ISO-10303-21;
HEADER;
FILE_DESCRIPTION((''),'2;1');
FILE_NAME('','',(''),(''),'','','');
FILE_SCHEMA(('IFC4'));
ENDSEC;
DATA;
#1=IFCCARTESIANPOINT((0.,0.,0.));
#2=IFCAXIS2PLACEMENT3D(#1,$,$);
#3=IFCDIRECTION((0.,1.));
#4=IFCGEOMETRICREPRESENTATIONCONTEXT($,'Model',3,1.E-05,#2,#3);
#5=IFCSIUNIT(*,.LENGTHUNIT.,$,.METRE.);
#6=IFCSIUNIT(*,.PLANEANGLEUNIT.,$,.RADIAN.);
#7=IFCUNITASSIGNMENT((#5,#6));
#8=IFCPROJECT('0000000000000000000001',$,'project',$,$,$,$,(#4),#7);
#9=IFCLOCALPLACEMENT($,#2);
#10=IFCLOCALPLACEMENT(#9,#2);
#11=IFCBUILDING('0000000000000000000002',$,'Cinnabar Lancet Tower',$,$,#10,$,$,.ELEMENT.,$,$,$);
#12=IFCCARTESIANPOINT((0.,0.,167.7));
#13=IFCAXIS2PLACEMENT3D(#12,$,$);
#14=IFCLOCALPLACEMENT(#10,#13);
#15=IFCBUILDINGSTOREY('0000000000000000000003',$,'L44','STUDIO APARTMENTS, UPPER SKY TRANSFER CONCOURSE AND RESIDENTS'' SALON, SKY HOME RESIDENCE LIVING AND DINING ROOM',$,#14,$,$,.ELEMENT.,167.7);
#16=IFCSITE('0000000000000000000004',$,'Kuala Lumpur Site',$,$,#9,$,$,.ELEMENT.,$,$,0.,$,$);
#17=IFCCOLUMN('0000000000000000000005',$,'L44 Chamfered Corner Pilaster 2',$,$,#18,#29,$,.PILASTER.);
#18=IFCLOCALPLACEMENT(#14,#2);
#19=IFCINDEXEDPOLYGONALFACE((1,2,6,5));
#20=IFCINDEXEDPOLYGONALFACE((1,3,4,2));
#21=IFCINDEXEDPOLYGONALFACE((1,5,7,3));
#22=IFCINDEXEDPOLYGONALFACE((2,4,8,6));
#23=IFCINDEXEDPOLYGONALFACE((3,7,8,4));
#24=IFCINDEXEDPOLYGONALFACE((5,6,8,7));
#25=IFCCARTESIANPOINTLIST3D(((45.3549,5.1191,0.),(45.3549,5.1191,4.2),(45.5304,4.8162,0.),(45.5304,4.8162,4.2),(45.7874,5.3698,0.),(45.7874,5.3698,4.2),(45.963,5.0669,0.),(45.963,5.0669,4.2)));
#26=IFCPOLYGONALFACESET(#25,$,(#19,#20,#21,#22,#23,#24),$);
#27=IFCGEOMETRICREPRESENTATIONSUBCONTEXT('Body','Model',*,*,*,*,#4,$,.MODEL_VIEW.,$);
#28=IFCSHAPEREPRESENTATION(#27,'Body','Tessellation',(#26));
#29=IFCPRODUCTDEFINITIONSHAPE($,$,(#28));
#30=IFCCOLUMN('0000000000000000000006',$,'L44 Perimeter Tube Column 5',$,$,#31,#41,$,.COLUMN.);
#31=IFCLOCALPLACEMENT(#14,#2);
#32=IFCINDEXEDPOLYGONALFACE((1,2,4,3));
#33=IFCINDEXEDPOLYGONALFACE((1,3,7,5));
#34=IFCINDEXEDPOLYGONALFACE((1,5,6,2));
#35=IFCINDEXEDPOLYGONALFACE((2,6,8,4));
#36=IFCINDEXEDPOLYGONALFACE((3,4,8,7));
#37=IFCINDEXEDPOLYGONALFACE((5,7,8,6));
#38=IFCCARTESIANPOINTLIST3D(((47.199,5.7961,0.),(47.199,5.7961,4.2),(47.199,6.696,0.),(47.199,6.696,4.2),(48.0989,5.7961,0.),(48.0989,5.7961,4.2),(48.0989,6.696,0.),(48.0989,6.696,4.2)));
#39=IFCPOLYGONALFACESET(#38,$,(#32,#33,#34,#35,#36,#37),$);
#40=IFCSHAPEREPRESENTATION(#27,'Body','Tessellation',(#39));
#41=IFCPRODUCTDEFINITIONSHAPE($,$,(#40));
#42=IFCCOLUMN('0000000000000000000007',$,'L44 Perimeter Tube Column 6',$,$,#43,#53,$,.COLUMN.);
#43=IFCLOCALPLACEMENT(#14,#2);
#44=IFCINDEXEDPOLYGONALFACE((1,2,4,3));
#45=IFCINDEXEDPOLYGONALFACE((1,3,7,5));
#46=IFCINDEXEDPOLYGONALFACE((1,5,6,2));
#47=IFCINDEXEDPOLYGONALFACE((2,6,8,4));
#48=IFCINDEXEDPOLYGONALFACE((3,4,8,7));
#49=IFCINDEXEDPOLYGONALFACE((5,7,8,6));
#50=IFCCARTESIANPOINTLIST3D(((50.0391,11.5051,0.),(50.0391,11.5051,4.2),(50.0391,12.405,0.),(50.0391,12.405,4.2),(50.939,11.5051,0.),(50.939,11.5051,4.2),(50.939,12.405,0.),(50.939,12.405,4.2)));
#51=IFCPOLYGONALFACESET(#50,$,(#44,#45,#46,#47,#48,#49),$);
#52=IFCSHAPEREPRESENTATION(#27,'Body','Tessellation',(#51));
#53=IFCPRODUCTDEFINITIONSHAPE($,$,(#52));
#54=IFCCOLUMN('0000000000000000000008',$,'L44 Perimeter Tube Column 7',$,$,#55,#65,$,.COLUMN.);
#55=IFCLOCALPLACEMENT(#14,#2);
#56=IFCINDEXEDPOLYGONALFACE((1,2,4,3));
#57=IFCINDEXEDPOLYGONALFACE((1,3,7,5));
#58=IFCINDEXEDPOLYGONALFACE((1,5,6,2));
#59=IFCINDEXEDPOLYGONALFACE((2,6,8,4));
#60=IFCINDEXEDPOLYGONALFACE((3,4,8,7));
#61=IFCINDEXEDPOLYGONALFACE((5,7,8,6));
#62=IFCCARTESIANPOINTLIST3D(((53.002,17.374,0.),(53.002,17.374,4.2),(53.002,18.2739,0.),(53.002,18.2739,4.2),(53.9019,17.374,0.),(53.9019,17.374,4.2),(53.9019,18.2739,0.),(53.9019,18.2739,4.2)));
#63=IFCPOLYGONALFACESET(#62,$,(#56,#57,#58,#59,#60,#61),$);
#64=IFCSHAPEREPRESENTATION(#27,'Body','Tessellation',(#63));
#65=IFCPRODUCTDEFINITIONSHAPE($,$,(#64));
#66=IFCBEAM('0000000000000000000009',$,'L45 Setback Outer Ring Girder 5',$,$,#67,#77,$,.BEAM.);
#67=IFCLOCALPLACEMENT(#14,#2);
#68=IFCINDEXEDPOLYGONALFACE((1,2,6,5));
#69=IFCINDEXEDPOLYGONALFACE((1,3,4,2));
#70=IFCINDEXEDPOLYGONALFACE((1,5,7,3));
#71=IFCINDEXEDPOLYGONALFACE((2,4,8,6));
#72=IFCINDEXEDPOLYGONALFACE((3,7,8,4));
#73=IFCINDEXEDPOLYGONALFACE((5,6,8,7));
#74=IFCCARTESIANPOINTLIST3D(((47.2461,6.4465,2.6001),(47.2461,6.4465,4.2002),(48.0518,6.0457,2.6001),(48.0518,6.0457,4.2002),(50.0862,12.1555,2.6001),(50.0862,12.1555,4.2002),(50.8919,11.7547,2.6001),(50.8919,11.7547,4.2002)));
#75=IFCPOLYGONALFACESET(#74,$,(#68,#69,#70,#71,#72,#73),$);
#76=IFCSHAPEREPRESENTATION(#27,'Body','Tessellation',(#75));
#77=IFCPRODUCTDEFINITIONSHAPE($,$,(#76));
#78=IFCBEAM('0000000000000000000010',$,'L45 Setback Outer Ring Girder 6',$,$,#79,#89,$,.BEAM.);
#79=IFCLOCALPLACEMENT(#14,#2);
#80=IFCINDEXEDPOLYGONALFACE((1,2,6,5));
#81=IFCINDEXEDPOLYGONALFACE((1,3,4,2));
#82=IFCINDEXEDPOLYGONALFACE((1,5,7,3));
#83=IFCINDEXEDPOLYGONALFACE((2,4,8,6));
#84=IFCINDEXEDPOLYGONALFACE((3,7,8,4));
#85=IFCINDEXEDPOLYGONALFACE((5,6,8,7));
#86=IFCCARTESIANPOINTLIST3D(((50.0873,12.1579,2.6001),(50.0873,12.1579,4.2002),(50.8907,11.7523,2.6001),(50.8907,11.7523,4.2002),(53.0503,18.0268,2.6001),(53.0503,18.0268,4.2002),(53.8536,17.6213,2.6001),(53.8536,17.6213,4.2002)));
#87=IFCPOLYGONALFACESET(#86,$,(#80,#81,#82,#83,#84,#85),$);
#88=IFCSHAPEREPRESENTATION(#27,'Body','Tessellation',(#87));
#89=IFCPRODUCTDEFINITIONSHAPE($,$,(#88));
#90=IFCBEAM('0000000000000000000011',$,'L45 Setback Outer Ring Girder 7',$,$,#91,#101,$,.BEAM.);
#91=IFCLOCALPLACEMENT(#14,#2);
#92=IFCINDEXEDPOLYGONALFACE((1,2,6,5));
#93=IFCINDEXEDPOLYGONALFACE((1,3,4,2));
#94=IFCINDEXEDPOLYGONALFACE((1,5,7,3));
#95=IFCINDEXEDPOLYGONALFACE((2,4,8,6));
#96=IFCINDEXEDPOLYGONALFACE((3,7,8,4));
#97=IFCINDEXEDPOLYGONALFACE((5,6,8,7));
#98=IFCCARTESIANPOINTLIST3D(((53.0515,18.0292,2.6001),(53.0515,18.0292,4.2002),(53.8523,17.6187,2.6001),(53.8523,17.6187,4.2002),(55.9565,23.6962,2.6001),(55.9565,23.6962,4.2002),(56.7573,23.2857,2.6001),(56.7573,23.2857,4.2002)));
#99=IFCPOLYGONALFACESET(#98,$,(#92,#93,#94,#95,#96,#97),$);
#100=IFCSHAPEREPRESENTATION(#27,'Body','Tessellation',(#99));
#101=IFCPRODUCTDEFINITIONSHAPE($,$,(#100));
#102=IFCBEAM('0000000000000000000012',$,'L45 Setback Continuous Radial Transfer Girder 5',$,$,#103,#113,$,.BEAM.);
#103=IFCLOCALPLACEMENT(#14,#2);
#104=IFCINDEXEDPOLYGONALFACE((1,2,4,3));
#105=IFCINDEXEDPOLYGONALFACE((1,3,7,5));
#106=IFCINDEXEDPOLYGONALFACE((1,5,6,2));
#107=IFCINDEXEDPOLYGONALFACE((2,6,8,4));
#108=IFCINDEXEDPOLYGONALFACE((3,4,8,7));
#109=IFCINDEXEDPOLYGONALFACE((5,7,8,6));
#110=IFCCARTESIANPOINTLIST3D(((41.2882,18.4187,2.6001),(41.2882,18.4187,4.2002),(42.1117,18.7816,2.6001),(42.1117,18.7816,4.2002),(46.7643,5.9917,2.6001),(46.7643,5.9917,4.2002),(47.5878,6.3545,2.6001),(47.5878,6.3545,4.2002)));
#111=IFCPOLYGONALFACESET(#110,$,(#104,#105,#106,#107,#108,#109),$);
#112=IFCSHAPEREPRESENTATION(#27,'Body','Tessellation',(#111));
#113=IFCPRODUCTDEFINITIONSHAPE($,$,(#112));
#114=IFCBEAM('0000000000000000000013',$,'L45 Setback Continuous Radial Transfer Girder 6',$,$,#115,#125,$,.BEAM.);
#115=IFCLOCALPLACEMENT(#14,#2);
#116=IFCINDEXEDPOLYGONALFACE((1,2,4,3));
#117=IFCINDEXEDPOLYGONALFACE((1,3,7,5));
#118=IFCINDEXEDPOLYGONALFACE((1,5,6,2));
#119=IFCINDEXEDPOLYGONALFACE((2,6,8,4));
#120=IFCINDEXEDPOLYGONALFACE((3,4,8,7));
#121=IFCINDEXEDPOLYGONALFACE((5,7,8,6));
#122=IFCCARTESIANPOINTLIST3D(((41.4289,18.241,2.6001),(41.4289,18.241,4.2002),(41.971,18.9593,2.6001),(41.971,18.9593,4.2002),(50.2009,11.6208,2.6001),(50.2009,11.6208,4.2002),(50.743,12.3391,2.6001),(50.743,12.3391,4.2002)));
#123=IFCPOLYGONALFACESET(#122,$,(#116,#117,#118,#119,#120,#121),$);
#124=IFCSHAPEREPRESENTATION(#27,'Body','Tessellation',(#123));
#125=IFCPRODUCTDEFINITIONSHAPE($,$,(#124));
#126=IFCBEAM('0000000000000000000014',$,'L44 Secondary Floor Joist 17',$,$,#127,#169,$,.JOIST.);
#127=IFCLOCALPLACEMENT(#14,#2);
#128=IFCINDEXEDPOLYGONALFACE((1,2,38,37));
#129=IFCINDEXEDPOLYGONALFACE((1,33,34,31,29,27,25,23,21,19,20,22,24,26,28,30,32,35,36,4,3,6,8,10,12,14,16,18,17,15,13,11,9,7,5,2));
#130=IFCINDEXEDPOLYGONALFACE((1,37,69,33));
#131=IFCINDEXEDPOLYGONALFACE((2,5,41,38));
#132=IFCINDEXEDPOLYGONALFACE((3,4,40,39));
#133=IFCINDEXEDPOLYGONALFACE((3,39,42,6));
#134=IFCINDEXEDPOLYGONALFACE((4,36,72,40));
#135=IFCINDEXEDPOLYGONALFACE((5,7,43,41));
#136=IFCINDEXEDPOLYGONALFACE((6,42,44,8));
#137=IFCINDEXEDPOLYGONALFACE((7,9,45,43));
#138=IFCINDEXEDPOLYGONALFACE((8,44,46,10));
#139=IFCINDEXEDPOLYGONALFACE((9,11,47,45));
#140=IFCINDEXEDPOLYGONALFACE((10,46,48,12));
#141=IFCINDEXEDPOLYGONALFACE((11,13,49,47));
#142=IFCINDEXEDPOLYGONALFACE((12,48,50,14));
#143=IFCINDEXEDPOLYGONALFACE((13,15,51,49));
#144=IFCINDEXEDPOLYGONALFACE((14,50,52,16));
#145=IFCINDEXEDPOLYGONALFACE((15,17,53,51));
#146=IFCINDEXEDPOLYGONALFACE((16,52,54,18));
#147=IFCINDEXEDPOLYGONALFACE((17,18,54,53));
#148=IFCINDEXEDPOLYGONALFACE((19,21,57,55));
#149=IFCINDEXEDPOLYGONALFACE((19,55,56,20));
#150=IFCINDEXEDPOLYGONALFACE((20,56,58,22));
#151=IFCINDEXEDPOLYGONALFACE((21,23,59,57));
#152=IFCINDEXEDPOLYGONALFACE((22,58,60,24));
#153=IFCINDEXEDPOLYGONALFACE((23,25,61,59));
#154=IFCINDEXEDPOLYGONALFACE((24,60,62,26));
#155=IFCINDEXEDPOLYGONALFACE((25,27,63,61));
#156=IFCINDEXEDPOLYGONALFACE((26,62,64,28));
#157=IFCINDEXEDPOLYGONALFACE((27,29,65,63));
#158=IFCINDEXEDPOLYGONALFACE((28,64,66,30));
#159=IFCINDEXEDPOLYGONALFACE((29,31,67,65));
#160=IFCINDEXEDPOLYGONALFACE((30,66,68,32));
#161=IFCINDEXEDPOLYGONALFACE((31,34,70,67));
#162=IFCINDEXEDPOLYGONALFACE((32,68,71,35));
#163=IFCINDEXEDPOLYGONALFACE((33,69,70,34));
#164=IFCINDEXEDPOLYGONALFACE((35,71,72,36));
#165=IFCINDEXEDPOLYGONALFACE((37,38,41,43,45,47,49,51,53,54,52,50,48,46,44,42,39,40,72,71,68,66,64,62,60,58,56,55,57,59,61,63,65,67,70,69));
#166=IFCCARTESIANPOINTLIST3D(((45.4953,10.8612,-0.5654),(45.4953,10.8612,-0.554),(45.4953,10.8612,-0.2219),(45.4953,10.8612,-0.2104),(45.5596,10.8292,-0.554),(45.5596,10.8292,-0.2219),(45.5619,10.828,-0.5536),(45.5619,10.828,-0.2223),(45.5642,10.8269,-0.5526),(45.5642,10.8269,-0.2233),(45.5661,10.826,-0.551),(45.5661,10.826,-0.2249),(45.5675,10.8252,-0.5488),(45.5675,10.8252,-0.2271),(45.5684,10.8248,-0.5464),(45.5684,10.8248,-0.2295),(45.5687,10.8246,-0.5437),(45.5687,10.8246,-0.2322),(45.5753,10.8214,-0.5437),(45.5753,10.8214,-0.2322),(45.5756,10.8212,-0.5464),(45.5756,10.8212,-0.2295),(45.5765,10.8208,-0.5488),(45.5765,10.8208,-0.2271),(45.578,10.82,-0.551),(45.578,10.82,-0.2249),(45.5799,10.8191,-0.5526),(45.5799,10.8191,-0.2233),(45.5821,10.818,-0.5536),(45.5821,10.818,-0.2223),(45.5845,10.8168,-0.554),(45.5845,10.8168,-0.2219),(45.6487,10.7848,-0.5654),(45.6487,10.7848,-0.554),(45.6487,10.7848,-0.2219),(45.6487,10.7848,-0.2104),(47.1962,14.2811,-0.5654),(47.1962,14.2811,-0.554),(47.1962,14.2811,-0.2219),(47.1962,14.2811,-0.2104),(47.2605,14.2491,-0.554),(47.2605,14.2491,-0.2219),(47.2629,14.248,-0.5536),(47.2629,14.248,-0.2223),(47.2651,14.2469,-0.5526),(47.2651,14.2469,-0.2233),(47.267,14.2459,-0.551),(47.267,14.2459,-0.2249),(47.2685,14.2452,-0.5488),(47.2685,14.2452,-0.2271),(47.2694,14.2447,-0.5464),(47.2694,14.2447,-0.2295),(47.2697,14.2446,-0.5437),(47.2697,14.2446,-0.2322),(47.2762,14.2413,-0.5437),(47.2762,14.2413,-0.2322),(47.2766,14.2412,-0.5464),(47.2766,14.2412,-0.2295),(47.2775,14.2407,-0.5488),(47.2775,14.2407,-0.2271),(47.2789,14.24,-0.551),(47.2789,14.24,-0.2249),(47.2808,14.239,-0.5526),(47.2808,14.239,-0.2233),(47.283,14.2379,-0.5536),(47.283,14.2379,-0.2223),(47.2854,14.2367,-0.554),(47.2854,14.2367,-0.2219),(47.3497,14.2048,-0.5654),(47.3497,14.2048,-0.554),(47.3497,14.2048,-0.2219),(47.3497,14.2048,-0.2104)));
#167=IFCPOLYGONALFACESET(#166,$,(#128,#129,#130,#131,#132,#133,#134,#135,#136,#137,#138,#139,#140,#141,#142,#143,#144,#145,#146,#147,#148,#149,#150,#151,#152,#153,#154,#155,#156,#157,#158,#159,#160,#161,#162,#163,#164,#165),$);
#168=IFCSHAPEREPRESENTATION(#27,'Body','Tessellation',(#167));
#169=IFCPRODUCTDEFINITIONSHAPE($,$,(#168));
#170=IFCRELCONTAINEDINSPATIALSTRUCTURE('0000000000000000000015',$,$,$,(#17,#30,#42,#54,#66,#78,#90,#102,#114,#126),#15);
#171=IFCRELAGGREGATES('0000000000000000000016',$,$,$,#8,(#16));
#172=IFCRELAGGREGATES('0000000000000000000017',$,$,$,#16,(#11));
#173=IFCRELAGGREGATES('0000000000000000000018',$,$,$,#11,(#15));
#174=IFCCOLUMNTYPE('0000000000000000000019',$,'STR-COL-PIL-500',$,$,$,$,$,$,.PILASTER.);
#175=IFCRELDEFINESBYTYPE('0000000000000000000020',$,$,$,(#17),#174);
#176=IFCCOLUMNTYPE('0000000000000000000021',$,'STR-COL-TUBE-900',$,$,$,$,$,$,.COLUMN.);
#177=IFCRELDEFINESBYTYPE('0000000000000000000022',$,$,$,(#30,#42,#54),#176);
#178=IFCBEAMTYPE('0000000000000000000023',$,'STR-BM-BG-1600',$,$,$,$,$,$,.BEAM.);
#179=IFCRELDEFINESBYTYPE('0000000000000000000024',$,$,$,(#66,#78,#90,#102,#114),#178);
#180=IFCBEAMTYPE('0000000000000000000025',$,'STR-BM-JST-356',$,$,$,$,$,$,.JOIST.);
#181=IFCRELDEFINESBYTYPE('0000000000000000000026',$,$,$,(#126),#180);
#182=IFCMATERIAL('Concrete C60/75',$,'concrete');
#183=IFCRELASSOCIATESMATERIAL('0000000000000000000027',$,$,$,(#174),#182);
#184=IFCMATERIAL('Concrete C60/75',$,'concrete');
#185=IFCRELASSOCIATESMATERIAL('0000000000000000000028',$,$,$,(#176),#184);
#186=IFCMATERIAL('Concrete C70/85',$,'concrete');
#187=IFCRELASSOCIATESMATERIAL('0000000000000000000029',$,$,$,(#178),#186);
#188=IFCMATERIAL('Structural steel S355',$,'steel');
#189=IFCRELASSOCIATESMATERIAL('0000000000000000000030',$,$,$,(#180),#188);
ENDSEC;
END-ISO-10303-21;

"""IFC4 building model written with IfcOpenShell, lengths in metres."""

from ifc_helpers import new_model, si_unit, direction, frame, origin, origin_2d, place, context, subcontext, project, spatial, rectangle, i_section, extrude, material, material_profile, profile_set, type_object, element, save


model = new_model("IFC4")

# Units and contexts
model_context = context("Model", 3, precision=1e-05, world=origin(), true_north=direction((0.0, 1.0)))
body_context = subcontext(model_context, "Body", "Model", "MODEL_VIEW")
ifc_project = project(units=[si_unit("LENGTHUNIT", "METRE"), si_unit("PLANEANGLEUNIT", "RADIAN")], contexts=[model_context])

# Site, building, storey
site_placement = place(None, origin())
site = spatial("IfcSite", under=ifc_project, at=site_placement, Name="Kuala Lumpur Site", CompositionType="ELEMENT", RefElevation=0.0)
building_placement = place(site_placement, origin())
building = spatial("IfcBuilding", under=site, at=building_placement, Name="Cinnabar Lancet Tower", CompositionType="ELEMENT")
storey_placement = place(building_placement, frame((0.0, 0.0, 167.7)))
storey = spatial("IfcBuildingStorey", under=building, at=storey_placement, Name="L44", Description="STUDIO APARTMENTS, UPPER SKY TRANSFER CONCOURSE AND RESIDENTS' SALON, SKY HOME RESIDENCE LIVING AND DINING ROOM", CompositionType="ELEMENT", Elevation=167.7)

# Columns
ifc_material_1 = material(Name="Concrete C60/75", Category="concrete")
ifc_material_profile_1 = material_profile(ifc_material_1, rectangle(XDim=0.5, YDim=0.3501, at=origin_2d()), Name="RC-PIL 500x350")
ifc_profile_set_1 = profile_set([ifc_material_profile_1], Name="Concrete C60/75")
column_type_1 = type_object("IfcColumnType", Name="STR-COL-PIL-500", PredefinedType="PILASTER", material=ifc_profile_set_1)
column_placement = place(storey_placement, frame((45.6589, 5.093, 0.0), z_axis=(0.0, 0.0, 1.0), x_axis=(0.86516, 0.501496, 0.0)))
element("IfcColumn", 1, at=column_placement, inside=storey, type_object=column_type_1, Name="L44 Chamfered Corner Pilaster 2", PredefinedType="PILASTER", context=body_context, shape_type="SweptSolid", body=[
    extrude(rectangle(XDim=0.5, YDim=0.3501, at=origin_2d()), origin(), (0.0, 0.0, 1.0), 4.2),
])
ifc_material_2 = material(Name="Concrete C60/75", Category="concrete")
ifc_material_profile_2 = material_profile(ifc_material_2, rectangle(XDim=0.8999, YDim=0.8999, at=origin_2d()), Name="RC-COL 900x900")
ifc_profile_set_2 = profile_set([ifc_material_profile_2], Name="Concrete C60/75")
column_type_2 = type_object("IfcColumnType", Name="STR-COL-TUBE-900", PredefinedType="COLUMN", material=ifc_profile_set_2)
for number, where, z_axis, x_axis, name in (
    (2, (47.6489, 6.2461, 0.0), (0.0, 0.0, 1.0), (1.0, 0.0, 0.0), "L44 Perimeter Tube Column 5"),
    (3, (50.489, 11.9551, 0.0), (0.0, 0.0, 1.0), (1.0, 0.0, 0.0), "L44 Perimeter Tube Column 6"),
    (4, (53.4519, 17.824, 0.0), (0.0, 0.0, 1.0), (1.0, 0.0, 0.0), "L44 Perimeter Tube Column 7"),
):
    element("IfcColumn", number, at=place(storey_placement, frame(where, z_axis=z_axis, x_axis=x_axis)), inside=storey, type_object=column_type_2, Name=name, PredefinedType="COLUMN", context=body_context, shape_type="SweptSolid", body=[
        extrude(rectangle(XDim=0.8999, YDim=0.8999, at=origin_2d()), origin(), (0.0, 0.0, 1.0), 4.2),
    ])

# Beams
ifc_material_3 = material(Name="Concrete C70/85", Category="concrete")
ifc_material_profile_3 = material_profile(ifc_material_3, rectangle(XDim=0.8999, YDim=1.6001, at=origin_2d()), Name="RC-BG 900x1600")
ifc_profile_set_3 = profile_set([ifc_material_profile_3], Name="Concrete C70/85")
beam_type_1 = type_object("IfcBeamType", Name="STR-BM-BG-1600", PredefinedType="BEAM", material=ifc_profile_set_3)
beam_1_placement = place(storey_placement, frame((47.6489, 6.2461, 3.4001), z_axis=(0.445405, 0.895329, 0.0), x_axis=(-0.895329, 0.445405, 0.0)))
element("IfcBeam", 5, at=beam_1_placement, inside=storey, type_object=beam_type_1, Name="L45 Setback Outer Ring Girder 5", PredefinedType="BEAM", context=body_context, shape_type="SweptSolid", body=[
    extrude(rectangle(XDim=0.8999, YDim=1.6001, at=origin_2d()), origin(), (0.0, 0.0, 1.0), 6.3765),
])
beam_2_placement = place(storey_placement, frame((50.489, 11.9551, 3.4001), z_axis=(0.450671, 0.89269, 0.0), x_axis=(-0.89269, 0.450671, 0.0)))
element("IfcBeam", 6, at=beam_2_placement, inside=storey, type_object=beam_type_1, Name="L45 Setback Outer Ring Girder 6", PredefinedType="BEAM", context=body_context, shape_type="SweptSolid", body=[
    extrude(rectangle(XDim=0.8999, YDim=1.6001, at=origin_2d()), origin(), (0.0, 0.0, 1.0), 6.5745),
])
beam_3_placement = place(storey_placement, frame((53.4519, 17.824, 3.4001), z_axis=(0.456177, 0.889889, 0.0), x_axis=(-0.889889, 0.456177, 0.0)))
element("IfcBeam", 7, at=beam_3_placement, inside=storey, type_object=beam_type_1, Name="L45 Setback Outer Ring Girder 7", PredefinedType="BEAM", context=body_context, shape_type="SweptSolid", body=[
    extrude(rectangle(XDim=0.8999, YDim=1.6001, at=origin_2d()), origin(), (0.0, 0.0, 1.0), 6.3682),
])
beam_4_placement = place(storey_placement, frame((47.176, 6.1731, 3.4001), z_axis=(-0.403244, 0.915092, 0.0), x_axis=(-0.915092, -0.403244, 0.0)))
element("IfcBeam", 8, at=beam_4_placement, inside=storey, type_object=beam_type_1, Name="L45 Setback Continuous Radial Transfer Girder 5", PredefinedType="BEAM", context=body_context, shape_type="SweptSolid", body=[
    extrude(rectangle(XDim=0.8999, YDim=1.6001, at=origin_2d()), origin(), (0.0, 0.0, 1.0), 13.5801),
])
beam_5_placement = place(storey_placement, frame((50.4719, 11.98, 3.4001), z_axis=(-0.7982, 0.602393, 0.0), x_axis=(-0.602393, -0.7982, 0.0)))
element("IfcBeam", 9, at=beam_5_placement, inside=storey, type_object=beam_type_1, Name="L45 Setback Continuous Radial Transfer Girder 6", PredefinedType="BEAM", context=body_context, shape_type="SweptSolid", body=[
    extrude(rectangle(XDim=0.8999, YDim=1.6001, at=origin_2d()), origin(), (0.0, 0.0, 1.0), 10.9897),
])
ifc_material_4 = material(Name="Structural steel S355", Category="steel")
ifc_material_profile_4 = material_profile(ifc_material_4, i_section(OverallWidth=0.1714, OverallDepth=0.355, WebThickness=0.0073, FlangeThickness=0.0115, FilletRadius=0.0103, at=origin_2d()), Name="UKB 356x171x51")
ifc_profile_set_4 = profile_set([ifc_material_profile_4], Name="Structural steel S355")
beam_type_2 = type_object("IfcBeamType", Name="STR-BM-JST-356", PredefinedType="JOIST", material=ifc_profile_set_4)
beam_6_placement = place(storey_placement, frame((45.572, 10.823, -0.3879), z_axis=(0.445321, 0.895371, 0.0), x_axis=(-0.895371, 0.445321, 0.0)))
element("IfcBeam", 10, at=beam_6_placement, inside=storey, type_object=beam_type_2, Name="L44 Secondary Floor Joist 17", PredefinedType="JOIST", context=body_context, shape_type="SweptSolid", body=[
    extrude(i_section(OverallWidth=0.1714, OverallDepth=0.355, WebThickness=0.0073, FlangeThickness=0.0115, FilletRadius=0.0103, at=origin_2d()), origin(), (0.0, 0.0, 1.0), 3.8196),
])

save(model, "model.ifc")
